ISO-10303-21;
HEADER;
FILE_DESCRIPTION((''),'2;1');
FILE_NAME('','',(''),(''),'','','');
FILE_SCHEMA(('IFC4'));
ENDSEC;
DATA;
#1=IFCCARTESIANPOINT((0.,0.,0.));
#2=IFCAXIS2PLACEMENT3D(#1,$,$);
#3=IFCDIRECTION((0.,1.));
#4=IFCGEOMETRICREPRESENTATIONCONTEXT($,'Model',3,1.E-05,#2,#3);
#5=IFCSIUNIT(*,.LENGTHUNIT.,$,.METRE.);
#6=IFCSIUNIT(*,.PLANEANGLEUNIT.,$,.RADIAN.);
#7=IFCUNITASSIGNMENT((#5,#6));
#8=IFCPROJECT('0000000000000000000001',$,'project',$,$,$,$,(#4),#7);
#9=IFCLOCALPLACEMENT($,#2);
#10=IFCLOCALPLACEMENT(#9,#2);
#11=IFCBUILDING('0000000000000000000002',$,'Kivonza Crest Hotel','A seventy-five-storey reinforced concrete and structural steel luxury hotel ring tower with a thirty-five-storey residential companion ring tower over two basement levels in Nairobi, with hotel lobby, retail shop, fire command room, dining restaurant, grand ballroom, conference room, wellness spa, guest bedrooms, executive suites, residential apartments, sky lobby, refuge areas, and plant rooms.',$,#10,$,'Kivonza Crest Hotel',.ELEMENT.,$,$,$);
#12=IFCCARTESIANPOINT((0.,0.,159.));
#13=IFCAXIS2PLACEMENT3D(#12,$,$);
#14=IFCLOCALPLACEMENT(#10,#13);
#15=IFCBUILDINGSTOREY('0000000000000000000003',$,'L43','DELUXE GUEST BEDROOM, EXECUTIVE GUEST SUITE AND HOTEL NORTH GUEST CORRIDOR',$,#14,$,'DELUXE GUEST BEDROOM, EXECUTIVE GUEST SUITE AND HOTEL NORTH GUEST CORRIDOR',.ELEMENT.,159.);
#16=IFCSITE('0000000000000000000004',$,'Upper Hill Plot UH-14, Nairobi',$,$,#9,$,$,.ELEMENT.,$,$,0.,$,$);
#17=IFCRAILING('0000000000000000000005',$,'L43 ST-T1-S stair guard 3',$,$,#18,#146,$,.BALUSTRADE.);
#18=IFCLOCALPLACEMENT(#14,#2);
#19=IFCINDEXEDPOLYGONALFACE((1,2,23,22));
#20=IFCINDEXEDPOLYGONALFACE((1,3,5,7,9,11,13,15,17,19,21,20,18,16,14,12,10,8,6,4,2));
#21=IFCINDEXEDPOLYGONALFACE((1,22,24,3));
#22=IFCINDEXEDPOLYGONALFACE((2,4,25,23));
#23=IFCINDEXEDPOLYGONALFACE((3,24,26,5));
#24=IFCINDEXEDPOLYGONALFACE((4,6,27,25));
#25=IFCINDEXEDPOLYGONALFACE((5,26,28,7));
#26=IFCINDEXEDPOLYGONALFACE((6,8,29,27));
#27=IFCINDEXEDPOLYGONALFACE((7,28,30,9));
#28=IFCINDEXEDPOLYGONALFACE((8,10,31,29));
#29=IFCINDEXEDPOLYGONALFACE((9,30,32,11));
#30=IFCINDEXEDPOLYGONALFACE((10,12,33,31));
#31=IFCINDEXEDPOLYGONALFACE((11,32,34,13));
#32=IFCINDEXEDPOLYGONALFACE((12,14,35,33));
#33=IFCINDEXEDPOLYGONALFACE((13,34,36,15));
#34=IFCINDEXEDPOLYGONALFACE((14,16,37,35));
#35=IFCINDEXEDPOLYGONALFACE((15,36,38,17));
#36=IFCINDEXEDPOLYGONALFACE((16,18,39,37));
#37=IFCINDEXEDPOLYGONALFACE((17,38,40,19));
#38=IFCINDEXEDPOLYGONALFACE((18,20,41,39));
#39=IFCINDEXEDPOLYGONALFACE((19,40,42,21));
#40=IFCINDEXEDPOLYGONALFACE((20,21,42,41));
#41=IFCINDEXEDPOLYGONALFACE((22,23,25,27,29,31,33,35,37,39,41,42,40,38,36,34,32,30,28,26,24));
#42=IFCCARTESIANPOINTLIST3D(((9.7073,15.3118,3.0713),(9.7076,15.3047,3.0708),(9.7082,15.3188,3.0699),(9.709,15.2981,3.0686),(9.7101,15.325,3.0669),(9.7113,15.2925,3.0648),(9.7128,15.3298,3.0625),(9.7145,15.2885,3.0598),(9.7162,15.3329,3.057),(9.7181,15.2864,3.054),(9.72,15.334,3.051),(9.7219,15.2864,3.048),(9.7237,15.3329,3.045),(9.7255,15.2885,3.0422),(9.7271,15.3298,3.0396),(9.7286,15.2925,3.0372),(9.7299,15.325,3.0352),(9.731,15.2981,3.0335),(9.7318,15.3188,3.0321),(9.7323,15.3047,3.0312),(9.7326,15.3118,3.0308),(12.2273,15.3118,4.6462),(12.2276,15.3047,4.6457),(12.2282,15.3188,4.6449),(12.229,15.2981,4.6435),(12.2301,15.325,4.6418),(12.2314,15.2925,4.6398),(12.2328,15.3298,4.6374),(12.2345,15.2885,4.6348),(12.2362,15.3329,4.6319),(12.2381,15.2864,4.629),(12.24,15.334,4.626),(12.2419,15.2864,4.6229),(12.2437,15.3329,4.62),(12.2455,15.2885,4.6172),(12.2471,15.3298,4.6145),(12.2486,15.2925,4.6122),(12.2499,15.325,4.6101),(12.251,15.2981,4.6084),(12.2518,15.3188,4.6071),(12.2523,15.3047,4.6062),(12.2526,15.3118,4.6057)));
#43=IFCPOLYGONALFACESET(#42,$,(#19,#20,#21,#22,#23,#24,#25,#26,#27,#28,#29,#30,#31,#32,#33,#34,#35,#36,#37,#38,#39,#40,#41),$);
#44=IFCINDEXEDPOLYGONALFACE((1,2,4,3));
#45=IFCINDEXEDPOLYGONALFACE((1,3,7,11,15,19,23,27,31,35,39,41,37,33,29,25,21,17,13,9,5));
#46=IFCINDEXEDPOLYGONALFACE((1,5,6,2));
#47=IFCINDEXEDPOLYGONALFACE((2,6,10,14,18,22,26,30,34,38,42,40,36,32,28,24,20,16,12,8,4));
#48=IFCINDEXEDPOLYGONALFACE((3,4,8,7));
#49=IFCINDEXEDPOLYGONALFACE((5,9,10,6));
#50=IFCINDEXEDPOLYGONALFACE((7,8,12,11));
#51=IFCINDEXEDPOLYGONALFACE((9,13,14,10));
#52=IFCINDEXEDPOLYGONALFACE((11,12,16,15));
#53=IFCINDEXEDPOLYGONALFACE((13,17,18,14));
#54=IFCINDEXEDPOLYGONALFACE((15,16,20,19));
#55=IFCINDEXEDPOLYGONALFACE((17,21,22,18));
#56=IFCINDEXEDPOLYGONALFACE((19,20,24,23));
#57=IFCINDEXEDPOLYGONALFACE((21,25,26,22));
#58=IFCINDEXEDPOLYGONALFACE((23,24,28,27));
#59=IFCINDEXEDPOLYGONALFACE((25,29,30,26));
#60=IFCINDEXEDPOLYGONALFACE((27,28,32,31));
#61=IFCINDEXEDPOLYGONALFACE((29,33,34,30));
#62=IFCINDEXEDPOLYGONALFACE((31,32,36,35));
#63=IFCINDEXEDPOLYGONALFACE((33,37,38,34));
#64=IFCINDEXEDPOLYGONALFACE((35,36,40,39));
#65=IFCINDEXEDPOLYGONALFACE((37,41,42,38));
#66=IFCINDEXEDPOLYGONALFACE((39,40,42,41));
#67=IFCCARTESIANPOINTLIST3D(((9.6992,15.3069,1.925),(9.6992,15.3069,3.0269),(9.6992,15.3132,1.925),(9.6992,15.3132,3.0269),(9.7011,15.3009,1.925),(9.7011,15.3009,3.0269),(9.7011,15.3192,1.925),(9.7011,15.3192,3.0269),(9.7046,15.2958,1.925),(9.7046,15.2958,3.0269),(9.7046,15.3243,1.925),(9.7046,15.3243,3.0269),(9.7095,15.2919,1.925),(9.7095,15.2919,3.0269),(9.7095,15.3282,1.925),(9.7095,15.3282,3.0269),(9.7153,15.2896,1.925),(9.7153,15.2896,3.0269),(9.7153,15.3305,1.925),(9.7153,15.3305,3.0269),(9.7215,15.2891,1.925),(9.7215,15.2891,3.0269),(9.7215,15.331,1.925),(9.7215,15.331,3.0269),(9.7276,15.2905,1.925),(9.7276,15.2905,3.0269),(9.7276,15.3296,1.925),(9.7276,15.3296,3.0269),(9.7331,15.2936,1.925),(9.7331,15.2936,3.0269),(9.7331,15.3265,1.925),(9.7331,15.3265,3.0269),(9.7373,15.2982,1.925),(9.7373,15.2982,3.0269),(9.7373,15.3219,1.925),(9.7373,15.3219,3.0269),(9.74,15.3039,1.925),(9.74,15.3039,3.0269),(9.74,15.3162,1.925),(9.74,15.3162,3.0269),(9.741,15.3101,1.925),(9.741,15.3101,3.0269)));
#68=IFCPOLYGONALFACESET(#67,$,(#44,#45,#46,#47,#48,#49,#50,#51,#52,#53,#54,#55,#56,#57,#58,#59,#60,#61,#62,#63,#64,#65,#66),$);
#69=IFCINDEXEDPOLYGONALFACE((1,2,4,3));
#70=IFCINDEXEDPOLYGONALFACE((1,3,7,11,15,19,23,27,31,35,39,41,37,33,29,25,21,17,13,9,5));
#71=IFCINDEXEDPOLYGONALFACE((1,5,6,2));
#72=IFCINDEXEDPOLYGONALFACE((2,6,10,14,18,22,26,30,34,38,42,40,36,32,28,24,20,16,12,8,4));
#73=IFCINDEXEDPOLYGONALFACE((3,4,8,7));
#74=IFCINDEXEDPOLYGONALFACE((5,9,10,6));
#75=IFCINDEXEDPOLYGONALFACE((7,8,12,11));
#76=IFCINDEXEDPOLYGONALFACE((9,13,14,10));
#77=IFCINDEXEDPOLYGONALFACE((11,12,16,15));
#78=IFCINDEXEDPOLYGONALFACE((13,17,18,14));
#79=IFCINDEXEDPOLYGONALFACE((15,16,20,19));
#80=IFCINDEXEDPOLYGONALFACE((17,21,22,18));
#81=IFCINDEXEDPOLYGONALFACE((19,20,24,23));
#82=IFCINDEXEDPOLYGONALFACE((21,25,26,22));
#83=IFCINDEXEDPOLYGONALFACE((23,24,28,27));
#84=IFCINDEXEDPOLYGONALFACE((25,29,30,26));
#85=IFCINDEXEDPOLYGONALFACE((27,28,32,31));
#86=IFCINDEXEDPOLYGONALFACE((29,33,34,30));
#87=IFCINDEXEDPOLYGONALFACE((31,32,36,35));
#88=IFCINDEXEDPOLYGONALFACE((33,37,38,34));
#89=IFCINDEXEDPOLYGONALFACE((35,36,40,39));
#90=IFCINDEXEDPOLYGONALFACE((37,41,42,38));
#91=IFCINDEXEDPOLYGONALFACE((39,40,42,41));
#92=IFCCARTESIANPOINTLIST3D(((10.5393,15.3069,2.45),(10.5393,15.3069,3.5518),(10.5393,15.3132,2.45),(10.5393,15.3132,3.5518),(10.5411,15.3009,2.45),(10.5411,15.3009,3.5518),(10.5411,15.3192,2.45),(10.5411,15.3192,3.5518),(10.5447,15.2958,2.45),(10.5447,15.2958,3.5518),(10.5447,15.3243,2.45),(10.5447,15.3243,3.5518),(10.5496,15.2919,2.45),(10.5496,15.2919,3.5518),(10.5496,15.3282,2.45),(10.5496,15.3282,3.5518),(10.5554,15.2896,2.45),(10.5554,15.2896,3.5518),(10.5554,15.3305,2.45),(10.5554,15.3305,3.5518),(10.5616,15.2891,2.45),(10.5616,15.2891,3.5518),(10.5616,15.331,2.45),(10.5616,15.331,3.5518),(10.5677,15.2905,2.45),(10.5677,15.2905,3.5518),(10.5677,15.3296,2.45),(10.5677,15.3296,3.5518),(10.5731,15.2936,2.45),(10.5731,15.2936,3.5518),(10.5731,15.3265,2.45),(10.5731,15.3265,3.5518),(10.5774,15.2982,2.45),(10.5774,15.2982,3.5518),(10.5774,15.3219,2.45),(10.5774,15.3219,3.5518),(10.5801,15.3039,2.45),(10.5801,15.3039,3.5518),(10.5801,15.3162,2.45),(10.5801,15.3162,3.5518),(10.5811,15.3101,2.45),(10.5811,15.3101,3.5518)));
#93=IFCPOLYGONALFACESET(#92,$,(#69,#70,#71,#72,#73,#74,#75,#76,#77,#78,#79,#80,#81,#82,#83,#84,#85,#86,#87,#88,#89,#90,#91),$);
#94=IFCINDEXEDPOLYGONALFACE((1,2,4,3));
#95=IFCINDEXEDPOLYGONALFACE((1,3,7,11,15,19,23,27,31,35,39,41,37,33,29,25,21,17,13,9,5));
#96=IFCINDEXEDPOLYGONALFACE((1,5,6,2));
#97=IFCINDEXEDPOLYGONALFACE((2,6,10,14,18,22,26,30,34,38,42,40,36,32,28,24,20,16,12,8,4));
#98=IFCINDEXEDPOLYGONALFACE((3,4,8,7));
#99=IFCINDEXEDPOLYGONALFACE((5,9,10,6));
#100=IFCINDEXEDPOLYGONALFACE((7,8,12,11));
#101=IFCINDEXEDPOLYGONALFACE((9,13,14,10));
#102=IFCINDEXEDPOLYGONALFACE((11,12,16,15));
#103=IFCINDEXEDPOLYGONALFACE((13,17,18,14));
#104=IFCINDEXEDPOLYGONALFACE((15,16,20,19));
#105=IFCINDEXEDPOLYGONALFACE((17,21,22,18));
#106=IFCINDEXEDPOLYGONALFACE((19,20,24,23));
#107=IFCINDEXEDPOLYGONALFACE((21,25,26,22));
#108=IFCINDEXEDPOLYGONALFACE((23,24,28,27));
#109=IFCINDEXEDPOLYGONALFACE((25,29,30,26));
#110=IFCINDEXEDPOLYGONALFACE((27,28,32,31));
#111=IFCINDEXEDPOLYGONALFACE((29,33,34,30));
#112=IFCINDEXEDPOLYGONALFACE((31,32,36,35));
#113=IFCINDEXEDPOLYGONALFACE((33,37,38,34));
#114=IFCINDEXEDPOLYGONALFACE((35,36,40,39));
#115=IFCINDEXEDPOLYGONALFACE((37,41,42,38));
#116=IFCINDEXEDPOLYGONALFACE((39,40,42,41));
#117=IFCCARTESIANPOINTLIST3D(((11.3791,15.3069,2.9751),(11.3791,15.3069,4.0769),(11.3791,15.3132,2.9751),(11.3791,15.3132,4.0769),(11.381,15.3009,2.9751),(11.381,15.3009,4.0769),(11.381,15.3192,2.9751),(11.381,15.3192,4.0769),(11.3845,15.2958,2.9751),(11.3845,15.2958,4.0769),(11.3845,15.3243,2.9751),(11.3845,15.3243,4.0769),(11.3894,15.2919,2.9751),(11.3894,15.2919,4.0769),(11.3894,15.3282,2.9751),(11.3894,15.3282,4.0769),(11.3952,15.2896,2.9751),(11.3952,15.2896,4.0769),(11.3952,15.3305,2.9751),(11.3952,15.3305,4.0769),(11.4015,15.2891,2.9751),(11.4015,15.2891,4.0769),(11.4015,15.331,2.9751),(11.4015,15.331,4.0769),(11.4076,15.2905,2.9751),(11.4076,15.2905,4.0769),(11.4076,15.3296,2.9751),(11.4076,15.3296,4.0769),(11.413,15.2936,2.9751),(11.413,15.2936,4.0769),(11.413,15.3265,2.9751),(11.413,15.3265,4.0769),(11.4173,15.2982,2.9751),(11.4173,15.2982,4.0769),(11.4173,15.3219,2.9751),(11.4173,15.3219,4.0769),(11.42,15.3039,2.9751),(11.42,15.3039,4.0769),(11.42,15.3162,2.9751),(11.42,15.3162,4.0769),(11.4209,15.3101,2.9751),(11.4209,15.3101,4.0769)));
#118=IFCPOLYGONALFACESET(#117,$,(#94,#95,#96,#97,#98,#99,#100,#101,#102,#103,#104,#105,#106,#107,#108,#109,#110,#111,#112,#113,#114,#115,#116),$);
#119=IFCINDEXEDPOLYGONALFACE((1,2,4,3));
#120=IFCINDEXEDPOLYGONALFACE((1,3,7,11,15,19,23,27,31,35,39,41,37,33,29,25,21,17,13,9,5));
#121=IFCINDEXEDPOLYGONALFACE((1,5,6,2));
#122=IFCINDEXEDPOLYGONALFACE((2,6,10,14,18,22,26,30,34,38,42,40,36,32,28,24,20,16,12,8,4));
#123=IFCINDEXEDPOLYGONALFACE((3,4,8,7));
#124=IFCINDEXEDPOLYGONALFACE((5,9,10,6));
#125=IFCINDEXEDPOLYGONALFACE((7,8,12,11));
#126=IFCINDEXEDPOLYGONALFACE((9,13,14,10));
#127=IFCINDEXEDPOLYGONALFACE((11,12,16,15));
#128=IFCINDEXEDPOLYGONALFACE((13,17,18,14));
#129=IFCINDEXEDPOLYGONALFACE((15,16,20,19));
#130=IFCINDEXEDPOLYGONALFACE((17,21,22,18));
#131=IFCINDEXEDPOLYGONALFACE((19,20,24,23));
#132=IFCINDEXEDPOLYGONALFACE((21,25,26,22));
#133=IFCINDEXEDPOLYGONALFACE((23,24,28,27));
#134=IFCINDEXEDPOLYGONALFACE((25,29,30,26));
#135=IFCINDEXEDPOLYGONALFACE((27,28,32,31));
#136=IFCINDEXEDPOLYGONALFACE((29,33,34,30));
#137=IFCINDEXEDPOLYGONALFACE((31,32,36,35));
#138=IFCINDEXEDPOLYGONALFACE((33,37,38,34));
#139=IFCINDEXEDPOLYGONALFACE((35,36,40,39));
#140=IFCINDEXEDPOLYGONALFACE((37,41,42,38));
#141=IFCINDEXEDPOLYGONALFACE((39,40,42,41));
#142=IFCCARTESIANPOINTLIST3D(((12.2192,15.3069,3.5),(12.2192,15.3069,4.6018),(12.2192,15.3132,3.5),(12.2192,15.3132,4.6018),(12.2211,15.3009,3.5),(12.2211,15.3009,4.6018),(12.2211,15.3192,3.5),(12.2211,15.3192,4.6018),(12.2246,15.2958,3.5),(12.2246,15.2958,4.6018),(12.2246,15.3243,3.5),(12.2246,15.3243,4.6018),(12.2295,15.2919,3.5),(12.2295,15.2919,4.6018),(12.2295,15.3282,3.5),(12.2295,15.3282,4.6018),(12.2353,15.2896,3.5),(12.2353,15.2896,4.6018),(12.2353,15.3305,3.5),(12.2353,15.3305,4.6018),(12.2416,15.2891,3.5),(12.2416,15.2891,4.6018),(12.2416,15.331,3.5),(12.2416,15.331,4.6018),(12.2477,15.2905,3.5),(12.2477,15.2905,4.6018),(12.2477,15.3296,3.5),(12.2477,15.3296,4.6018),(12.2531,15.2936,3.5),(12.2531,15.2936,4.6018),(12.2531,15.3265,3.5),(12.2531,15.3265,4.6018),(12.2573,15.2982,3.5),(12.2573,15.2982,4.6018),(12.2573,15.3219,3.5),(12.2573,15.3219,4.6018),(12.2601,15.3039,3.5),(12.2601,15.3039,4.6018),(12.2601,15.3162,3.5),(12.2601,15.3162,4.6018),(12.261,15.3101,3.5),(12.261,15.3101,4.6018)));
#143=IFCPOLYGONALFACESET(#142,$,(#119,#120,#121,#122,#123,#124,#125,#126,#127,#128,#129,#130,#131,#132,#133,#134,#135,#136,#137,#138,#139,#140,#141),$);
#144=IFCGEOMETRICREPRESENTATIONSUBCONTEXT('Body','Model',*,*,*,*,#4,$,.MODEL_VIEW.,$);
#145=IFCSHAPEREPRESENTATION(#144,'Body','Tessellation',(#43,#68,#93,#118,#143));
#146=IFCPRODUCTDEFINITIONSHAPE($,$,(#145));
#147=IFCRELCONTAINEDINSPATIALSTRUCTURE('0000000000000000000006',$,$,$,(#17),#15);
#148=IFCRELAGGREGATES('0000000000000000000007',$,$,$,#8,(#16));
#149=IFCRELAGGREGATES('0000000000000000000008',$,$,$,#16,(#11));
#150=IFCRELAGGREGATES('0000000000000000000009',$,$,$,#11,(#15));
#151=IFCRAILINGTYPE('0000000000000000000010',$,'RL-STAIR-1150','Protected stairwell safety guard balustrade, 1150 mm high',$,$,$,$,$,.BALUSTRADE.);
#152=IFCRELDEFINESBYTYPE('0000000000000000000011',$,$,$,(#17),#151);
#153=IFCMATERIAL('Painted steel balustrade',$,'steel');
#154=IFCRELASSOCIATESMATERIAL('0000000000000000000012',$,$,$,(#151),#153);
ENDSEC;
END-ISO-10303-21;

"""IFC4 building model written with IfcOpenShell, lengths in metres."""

from ifc_helpers import new_model, si_unit, direction, frame, origin, origin_2d, place, context, subcontext, project, spatial, circle, extrude, material, type_object, element, save


model = new_model("IFC4")

# Units and contexts
model_context = context("Model", 3, precision=1e-05, world=origin(), true_north=direction((0.0, 1.0)))
body_context = subcontext(model_context, "Body", "Model", "MODEL_VIEW")
ifc_project = project(units=[si_unit("LENGTHUNIT", "METRE"), si_unit("PLANEANGLEUNIT", "RADIAN")], contexts=[model_context])

# Site, building, storey
site_placement = place(None, origin())
site = spatial("IfcSite", under=ifc_project, at=site_placement, Name="Upper Hill Plot UH-14, Nairobi", CompositionType="ELEMENT", RefElevation=0.0)
building_placement = place(site_placement, origin())
building = spatial("IfcBuilding", under=site, at=building_placement, Name="Kivonza Crest Hotel", Description="A seventy-five-storey reinforced concrete and structural steel luxury hotel ring tower with a thirty-five-storey residential companion ring tower over two basement levels in Nairobi, with hotel lobby, retail shop, fire command room, dining restaurant, grand ballroom, conference room, wellness spa, guest bedrooms, executive suites, residential apartments, sky lobby, refuge areas, and plant rooms.", LongName="Kivonza Crest Hotel", CompositionType="ELEMENT")
storey_placement = place(building_placement, frame((0.0, 0.0, 159.0)))
storey = spatial("IfcBuildingStorey", under=building, at=storey_placement, Name="L43", Description="DELUXE GUEST BEDROOM, EXECUTIVE GUEST SUITE AND HOTEL NORTH GUEST CORRIDOR", LongName="DELUXE GUEST BEDROOM, EXECUTIVE GUEST SUITE AND HOTEL NORTH GUEST CORRIDOR", CompositionType="ELEMENT", Elevation=159.0)

# Railing
ifc_material_1 = material(Name="Painted steel balustrade", Category="steel")
railing_type_1 = type_object("IfcRailingType", Name="RL-STAIR-1150", Description="Protected stairwell safety guard balustrade, 1150 mm high", PredefinedType="BALUSTRADE", material=ifc_material_1)
railing_1_placement = place(storey_placement, frame((9.72, 15.3101, 1.925)))
element("IfcRailing", 1, at=railing_1_placement, inside=storey, type_object=railing_type_1, Name="L43 ST-T1-S stair guard 3", PredefinedType="BALUSTRADE", context=body_context, shape_type="SweptSolid", body=[
    extrude(circle(Radius=0.0239, at=origin_2d()), frame((0.0, 0.0, 1.126), z_axis=(0.848008, 0.0, 0.529984), x_axis=(0.0, 1.0, 0.0)), (0.0, 0.0, 1.0), 2.9717),
    extrude(circle(Radius=0.021, at=origin_2d()), origin(), (0.0, 0.0, 1.0), 1.1018),
    extrude(circle(Radius=0.021, at=origin_2d()), frame((0.8401, 0.0, 0.5249)), (0.0, 0.0, 1.0), 1.1018),
    extrude(circle(Radius=0.021, at=origin_2d()), frame((1.6799, 0.0, 1.05)), (0.0, 0.0, 1.0), 1.1018),
    extrude(circle(Radius=0.021, at=origin_2d()), frame((2.52, 0.0, 1.575)), (0.0, 0.0, 1.0), 1.1018),
])

save(model, "model.ifc")
